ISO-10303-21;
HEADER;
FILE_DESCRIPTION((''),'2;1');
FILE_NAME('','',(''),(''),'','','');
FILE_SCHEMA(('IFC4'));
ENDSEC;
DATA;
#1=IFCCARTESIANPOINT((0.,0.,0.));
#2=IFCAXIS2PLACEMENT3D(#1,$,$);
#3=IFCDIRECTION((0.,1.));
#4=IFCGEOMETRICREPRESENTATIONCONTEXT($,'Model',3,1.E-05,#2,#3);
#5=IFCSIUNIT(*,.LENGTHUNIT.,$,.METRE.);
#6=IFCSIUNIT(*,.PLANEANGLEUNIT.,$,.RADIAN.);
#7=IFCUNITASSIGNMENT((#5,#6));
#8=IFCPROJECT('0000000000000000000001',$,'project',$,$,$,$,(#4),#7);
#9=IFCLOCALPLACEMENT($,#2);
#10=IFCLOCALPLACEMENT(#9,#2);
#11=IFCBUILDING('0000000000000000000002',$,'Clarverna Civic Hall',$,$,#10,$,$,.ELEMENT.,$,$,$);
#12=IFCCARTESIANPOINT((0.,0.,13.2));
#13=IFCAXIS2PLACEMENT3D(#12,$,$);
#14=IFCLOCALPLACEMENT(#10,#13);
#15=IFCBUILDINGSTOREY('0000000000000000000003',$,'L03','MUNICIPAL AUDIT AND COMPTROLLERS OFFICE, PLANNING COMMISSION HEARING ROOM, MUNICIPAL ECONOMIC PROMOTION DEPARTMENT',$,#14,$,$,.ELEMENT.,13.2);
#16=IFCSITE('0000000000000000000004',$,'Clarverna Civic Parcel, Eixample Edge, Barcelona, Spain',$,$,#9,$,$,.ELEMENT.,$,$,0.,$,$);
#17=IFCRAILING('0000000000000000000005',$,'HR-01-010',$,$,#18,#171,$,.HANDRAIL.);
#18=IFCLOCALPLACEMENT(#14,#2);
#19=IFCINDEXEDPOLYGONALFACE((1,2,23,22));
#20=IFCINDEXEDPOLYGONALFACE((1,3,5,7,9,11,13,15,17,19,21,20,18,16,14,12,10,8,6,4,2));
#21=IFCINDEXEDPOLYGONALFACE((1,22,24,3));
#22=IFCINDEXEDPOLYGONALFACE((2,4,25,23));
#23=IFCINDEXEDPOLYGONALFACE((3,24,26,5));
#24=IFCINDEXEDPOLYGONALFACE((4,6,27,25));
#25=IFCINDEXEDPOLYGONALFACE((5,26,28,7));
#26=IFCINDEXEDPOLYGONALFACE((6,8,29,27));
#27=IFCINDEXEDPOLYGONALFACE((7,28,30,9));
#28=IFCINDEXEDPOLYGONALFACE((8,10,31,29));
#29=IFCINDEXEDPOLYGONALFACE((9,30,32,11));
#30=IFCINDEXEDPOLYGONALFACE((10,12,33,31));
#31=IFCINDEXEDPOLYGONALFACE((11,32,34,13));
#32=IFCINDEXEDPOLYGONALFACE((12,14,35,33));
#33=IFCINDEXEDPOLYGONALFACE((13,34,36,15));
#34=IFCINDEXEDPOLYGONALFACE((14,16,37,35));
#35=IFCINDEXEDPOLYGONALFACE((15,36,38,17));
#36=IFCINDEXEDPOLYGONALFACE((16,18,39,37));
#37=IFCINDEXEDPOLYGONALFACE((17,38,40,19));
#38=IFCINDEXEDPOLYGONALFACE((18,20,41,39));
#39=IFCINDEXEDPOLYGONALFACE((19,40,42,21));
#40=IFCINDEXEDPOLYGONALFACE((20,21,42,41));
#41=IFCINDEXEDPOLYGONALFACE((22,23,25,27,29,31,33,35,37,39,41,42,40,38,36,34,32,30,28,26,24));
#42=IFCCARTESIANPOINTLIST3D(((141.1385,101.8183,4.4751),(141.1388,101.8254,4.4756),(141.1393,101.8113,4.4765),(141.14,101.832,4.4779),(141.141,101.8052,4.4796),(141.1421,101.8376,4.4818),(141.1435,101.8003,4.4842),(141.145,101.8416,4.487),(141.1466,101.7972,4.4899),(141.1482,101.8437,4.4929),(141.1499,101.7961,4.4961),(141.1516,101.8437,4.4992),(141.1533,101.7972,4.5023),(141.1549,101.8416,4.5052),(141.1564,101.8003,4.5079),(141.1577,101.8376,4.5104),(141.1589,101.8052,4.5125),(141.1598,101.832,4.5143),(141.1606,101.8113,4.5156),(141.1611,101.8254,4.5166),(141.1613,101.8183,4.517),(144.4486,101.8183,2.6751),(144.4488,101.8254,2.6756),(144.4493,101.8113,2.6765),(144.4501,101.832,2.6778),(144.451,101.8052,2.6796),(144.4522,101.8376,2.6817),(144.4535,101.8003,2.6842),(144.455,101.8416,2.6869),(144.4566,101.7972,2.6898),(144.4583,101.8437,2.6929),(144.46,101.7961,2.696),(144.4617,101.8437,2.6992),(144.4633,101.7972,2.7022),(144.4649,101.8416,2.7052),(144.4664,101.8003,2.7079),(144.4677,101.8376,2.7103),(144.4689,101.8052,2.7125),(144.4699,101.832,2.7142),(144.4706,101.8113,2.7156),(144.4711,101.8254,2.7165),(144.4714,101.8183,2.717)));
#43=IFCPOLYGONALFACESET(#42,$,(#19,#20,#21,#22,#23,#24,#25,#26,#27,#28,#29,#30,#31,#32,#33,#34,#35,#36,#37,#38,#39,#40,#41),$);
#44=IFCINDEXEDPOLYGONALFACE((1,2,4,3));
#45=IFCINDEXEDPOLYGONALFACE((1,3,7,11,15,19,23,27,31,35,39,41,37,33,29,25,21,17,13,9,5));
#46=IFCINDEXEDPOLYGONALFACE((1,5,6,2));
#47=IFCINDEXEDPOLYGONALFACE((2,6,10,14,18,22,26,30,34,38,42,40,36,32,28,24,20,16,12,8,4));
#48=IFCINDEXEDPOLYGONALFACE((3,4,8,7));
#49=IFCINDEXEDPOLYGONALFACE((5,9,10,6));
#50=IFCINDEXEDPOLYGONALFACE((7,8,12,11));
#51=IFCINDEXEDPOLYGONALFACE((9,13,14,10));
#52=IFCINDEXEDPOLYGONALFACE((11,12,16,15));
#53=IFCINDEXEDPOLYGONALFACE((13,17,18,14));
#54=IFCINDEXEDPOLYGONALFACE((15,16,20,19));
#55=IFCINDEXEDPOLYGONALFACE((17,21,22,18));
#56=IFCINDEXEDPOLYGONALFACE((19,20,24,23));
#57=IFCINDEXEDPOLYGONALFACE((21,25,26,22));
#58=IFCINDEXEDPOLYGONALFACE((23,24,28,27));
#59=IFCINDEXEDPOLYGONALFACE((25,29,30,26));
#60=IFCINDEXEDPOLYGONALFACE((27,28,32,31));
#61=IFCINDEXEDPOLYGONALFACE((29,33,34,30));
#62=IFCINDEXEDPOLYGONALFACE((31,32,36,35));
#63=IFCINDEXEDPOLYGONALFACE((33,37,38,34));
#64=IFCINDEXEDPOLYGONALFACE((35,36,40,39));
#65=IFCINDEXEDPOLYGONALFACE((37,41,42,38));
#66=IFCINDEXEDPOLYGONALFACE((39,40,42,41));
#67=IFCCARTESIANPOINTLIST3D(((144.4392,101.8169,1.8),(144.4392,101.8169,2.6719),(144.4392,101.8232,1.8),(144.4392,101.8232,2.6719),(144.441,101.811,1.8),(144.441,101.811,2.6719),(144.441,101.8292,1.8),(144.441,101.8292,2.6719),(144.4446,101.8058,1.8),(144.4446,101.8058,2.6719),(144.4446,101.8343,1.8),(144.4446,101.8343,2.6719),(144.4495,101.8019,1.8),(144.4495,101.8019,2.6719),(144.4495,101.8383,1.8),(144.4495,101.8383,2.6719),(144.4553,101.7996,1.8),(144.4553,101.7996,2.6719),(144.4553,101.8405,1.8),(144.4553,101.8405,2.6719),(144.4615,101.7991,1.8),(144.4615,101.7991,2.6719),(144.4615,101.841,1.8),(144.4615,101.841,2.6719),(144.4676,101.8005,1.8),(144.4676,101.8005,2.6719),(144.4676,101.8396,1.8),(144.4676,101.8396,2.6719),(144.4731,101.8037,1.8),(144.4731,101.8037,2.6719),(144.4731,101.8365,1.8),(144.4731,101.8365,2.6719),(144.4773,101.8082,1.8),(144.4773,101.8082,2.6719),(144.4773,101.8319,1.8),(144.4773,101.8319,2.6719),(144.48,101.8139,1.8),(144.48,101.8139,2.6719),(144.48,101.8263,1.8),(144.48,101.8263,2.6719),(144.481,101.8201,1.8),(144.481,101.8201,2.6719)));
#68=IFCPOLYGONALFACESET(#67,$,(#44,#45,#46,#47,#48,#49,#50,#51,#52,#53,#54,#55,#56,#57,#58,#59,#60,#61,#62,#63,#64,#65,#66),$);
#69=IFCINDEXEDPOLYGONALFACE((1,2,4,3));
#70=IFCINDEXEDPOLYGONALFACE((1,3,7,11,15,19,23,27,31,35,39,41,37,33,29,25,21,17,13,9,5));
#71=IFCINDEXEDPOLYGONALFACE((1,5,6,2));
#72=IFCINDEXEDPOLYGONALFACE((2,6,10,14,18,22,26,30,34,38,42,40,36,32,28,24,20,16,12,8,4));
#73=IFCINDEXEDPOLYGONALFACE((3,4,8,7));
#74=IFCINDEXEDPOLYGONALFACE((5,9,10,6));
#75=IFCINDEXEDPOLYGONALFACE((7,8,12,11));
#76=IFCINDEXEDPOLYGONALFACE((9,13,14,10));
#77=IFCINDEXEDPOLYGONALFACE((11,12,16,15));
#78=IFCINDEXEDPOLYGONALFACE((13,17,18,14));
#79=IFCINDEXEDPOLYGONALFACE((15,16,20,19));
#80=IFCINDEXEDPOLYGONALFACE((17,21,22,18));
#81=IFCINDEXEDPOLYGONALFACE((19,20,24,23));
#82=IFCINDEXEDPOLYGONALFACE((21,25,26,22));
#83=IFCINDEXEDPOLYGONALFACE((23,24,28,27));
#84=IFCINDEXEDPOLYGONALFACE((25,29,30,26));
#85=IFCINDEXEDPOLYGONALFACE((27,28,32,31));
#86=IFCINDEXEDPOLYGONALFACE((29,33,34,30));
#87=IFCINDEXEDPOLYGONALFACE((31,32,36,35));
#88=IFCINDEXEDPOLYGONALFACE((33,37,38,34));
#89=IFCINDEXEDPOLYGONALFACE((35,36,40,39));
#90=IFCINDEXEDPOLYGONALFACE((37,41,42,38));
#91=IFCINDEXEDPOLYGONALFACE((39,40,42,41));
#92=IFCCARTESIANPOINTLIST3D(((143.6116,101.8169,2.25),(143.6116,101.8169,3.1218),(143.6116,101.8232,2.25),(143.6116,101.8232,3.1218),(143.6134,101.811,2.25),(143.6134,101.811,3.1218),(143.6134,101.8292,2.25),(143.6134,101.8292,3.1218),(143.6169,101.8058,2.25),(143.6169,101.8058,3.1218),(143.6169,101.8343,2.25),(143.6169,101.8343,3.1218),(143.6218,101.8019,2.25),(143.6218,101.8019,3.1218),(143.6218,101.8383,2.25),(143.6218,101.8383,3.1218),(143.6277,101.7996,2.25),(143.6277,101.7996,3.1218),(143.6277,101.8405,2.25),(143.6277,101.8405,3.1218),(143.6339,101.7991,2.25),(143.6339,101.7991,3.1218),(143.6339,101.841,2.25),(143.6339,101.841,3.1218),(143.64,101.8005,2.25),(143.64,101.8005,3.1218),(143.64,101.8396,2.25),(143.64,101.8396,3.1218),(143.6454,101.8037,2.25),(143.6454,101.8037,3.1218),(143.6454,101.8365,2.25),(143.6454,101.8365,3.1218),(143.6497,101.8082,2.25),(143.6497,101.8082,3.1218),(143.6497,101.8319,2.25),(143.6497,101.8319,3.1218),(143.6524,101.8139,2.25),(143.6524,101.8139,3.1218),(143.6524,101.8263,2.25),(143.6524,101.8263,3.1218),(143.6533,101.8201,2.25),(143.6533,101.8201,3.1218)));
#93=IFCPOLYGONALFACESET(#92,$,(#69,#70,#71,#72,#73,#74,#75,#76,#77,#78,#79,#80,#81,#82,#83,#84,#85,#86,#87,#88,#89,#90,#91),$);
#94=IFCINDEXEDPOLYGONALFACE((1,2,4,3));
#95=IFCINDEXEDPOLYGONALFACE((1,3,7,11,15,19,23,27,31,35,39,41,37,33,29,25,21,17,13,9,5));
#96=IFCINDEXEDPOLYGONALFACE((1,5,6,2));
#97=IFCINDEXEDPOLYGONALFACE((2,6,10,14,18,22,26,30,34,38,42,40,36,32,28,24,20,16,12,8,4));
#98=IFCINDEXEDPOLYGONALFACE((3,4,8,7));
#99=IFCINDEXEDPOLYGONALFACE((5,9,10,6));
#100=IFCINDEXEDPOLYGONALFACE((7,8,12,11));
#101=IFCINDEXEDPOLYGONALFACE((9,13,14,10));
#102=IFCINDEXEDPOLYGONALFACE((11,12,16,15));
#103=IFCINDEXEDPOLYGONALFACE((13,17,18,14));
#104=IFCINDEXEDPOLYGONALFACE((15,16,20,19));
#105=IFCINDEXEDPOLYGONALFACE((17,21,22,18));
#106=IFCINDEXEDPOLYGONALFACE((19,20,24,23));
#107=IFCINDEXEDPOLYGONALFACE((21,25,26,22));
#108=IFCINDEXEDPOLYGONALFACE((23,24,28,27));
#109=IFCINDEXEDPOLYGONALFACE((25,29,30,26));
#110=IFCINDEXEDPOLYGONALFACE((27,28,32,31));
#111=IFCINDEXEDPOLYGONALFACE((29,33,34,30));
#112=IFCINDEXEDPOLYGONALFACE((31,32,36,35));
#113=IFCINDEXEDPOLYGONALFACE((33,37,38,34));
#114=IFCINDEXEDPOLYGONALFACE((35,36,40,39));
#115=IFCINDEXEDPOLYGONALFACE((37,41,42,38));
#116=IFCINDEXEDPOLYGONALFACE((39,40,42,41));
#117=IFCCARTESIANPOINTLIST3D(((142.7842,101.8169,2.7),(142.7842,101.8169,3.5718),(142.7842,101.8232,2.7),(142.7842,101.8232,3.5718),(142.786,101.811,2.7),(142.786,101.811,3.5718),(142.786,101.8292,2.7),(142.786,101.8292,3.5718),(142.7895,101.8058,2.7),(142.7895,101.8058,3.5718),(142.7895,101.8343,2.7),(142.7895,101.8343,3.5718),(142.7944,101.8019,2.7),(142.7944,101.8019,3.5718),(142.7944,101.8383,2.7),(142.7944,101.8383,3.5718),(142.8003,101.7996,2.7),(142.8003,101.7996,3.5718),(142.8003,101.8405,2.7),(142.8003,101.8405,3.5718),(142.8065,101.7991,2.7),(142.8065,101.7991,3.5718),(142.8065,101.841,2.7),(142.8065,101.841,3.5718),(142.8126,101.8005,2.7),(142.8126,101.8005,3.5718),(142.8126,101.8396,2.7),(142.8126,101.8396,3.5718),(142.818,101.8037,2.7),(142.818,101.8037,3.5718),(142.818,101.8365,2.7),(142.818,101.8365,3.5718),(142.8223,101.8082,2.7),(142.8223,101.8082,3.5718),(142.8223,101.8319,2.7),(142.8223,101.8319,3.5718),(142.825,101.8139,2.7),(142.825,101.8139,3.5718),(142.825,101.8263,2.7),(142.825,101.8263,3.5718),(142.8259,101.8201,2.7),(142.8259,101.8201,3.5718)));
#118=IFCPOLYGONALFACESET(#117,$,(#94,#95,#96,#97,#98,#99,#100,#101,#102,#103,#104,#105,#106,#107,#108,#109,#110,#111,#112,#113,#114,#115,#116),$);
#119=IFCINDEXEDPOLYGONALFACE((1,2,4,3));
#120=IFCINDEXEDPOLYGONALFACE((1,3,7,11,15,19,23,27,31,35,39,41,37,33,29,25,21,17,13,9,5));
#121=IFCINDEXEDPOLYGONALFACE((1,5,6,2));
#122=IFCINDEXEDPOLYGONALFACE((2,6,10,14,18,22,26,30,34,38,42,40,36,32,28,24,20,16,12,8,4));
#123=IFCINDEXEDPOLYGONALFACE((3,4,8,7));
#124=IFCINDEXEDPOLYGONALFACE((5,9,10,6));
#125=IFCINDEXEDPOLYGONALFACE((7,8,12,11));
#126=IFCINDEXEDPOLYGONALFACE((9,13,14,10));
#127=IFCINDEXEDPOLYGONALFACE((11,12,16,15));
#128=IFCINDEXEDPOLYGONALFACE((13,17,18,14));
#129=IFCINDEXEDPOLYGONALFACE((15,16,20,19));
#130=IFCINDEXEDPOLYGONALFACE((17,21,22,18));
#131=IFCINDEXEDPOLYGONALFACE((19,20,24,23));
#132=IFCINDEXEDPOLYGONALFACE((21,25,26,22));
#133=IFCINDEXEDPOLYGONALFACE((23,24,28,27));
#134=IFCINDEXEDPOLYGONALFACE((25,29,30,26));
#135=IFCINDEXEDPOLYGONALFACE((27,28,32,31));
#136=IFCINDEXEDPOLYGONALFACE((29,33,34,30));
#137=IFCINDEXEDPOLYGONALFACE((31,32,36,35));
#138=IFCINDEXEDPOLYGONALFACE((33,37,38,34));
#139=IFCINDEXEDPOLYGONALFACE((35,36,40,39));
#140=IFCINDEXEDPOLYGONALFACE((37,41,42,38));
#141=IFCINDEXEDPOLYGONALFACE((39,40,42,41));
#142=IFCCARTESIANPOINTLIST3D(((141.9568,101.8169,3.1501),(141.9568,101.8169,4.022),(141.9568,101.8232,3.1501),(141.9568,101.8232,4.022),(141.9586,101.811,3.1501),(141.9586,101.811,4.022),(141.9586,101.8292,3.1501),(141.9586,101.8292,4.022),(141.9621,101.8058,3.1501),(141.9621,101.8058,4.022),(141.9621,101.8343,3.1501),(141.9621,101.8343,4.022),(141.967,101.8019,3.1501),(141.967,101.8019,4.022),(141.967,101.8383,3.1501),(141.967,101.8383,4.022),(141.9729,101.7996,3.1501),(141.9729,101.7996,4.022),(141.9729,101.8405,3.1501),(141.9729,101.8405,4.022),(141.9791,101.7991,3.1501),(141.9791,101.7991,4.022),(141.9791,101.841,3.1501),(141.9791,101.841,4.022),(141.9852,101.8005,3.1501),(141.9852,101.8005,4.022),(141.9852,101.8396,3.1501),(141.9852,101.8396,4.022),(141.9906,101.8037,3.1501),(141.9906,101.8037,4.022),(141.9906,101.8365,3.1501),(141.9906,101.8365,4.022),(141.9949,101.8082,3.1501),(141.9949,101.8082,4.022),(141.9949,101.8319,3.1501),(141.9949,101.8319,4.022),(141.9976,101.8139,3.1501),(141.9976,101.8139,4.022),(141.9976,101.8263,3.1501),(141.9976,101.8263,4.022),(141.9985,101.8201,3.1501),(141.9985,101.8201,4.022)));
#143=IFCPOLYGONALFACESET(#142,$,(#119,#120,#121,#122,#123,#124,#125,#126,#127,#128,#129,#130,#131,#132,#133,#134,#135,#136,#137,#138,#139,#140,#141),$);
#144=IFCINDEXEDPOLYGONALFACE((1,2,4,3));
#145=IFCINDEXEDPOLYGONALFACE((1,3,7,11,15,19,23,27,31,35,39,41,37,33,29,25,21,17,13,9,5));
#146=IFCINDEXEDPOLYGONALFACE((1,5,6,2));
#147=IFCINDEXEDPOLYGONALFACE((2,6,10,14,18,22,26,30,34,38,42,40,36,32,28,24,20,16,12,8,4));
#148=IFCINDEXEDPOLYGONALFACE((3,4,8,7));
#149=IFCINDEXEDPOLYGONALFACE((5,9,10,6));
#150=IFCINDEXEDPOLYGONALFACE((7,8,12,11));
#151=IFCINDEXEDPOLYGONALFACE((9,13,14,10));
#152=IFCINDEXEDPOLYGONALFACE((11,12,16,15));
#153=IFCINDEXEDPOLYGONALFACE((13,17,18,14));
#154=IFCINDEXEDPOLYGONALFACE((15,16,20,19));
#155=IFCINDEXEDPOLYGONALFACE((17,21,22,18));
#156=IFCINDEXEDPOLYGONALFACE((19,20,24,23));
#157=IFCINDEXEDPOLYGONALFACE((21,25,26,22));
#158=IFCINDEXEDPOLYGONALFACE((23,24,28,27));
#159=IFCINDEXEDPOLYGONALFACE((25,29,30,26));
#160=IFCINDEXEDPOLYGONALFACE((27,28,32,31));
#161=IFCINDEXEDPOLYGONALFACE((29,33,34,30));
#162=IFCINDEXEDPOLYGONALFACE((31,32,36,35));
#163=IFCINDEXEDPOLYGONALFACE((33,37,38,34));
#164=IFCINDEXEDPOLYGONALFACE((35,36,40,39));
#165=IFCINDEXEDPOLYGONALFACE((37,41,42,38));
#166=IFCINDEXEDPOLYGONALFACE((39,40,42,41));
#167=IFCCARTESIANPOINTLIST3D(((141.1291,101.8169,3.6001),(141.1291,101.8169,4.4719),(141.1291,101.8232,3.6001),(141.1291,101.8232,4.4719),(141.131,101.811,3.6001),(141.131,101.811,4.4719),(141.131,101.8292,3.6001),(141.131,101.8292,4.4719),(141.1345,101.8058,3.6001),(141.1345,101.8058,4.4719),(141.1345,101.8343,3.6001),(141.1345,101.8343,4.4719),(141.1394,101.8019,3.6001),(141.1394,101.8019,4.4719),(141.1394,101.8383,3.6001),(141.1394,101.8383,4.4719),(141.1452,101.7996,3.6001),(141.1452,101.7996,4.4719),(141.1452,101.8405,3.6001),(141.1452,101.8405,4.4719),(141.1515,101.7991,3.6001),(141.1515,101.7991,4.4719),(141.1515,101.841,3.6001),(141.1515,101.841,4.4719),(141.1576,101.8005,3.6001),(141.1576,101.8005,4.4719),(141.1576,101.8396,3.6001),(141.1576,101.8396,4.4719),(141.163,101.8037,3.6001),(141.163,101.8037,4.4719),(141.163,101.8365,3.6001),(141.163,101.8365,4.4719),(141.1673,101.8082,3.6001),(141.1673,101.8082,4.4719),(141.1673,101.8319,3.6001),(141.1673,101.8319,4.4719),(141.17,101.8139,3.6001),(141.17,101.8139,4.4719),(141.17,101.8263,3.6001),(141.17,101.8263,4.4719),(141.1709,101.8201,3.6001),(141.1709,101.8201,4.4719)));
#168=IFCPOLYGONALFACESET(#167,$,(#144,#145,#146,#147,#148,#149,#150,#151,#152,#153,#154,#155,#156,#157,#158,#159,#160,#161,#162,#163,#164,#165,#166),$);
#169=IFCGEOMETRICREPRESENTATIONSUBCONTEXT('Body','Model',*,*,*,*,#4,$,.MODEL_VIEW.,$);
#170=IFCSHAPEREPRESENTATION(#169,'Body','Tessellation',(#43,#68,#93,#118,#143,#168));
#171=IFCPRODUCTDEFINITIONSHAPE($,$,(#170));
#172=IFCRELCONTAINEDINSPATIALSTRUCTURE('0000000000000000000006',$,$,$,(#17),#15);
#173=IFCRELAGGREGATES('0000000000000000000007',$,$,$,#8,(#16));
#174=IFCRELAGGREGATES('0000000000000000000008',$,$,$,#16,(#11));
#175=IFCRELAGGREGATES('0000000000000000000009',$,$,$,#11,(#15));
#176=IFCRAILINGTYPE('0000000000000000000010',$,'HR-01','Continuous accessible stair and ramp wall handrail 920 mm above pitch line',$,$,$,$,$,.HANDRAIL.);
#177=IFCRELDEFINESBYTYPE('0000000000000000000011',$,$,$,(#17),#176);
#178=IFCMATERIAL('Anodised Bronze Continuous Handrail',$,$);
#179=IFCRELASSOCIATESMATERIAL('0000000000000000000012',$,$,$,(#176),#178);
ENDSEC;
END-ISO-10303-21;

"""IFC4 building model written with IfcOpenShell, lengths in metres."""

from ifc_helpers import new_model, si_unit, direction, frame, origin, origin_2d, place, context, subcontext, project, spatial, circle, extrude, material, type_object, element, save


model = new_model("IFC4")

# Units and contexts
model_context = context("Model", 3, precision=1e-05, world=origin(), true_north=direction((0.0, 1.0)))
body_context = subcontext(model_context, "Body", "Model", "MODEL_VIEW")
ifc_project = project(units=[si_unit("LENGTHUNIT", "METRE"), si_unit("PLANEANGLEUNIT", "RADIAN")], contexts=[model_context])

# Site, building, storey
site_placement = place(None, origin())
site = spatial("IfcSite", under=ifc_project, at=site_placement, Name="Clarverna Civic Parcel, Eixample Edge, Barcelona, Spain", CompositionType="ELEMENT", RefElevation=0.0)
building_placement = place(site_placement, origin())
building = spatial("IfcBuilding", under=site, at=building_placement, Name="Clarverna Civic Hall", CompositionType="ELEMENT")
storey_placement = place(building_placement, frame((0.0, 0.0, 13.2)))
storey = spatial("IfcBuildingStorey", under=building, at=storey_placement, Name="L03", Description="MUNICIPAL AUDIT AND COMPTROLLERS OFFICE, PLANNING COMMISSION HEARING ROOM, MUNICIPAL ECONOMIC PROMOTION DEPARTMENT", CompositionType="ELEMENT", Elevation=13.2)

# Railing
ifc_material_1 = material(Name="Anodised Bronze Continuous Handrail")
railing_type_1 = type_object("IfcRailingType", Name="HR-01", Description="Continuous accessible stair and ramp wall handrail 920 mm above pitch line", PredefinedType="HANDRAIL", material=ifc_material_1)
railing_1_placement = place(storey_placement, frame((144.46, 101.8201, 1.8)))
element("IfcRailing", 1, at=railing_1_placement, inside=storey, type_object=railing_type_1, Name="HR-01-010", PredefinedType="HANDRAIL", context=body_context, shape_type="SweptSolid", body=[
    extrude(circle(Radius=0.0239, at=origin_2d()), frame((0.0, 0.0, 0.896), z_axis=(-0.878502, 0.0, 0.477739), x_axis=(0.0, -1.0, 0.0)), (0.0, 0.0, 1.0), 3.7678),
    extrude(circle(Radius=0.021, at=origin_2d()), origin(), (0.0, 0.0, 1.0), 0.8718),
    extrude(circle(Radius=0.021, at=origin_2d()), frame((-0.8276, 0.0, 0.45)), (0.0, 0.0, 1.0), 0.8718),
    extrude(circle(Radius=0.021, at=origin_2d()), frame((-1.655, 0.0, 0.8999)), (0.0, 0.0, 1.0), 0.8718),
    extrude(circle(Radius=0.021, at=origin_2d()), frame((-2.4824, 0.0, 1.3501)), (0.0, 0.0, 1.0), 0.8718),
    extrude(circle(Radius=0.021, at=origin_2d()), frame((-3.3101, 0.0, 1.8)), (0.0, 0.0, 1.0), 0.8718),
])

save(model, "model.ifc")
